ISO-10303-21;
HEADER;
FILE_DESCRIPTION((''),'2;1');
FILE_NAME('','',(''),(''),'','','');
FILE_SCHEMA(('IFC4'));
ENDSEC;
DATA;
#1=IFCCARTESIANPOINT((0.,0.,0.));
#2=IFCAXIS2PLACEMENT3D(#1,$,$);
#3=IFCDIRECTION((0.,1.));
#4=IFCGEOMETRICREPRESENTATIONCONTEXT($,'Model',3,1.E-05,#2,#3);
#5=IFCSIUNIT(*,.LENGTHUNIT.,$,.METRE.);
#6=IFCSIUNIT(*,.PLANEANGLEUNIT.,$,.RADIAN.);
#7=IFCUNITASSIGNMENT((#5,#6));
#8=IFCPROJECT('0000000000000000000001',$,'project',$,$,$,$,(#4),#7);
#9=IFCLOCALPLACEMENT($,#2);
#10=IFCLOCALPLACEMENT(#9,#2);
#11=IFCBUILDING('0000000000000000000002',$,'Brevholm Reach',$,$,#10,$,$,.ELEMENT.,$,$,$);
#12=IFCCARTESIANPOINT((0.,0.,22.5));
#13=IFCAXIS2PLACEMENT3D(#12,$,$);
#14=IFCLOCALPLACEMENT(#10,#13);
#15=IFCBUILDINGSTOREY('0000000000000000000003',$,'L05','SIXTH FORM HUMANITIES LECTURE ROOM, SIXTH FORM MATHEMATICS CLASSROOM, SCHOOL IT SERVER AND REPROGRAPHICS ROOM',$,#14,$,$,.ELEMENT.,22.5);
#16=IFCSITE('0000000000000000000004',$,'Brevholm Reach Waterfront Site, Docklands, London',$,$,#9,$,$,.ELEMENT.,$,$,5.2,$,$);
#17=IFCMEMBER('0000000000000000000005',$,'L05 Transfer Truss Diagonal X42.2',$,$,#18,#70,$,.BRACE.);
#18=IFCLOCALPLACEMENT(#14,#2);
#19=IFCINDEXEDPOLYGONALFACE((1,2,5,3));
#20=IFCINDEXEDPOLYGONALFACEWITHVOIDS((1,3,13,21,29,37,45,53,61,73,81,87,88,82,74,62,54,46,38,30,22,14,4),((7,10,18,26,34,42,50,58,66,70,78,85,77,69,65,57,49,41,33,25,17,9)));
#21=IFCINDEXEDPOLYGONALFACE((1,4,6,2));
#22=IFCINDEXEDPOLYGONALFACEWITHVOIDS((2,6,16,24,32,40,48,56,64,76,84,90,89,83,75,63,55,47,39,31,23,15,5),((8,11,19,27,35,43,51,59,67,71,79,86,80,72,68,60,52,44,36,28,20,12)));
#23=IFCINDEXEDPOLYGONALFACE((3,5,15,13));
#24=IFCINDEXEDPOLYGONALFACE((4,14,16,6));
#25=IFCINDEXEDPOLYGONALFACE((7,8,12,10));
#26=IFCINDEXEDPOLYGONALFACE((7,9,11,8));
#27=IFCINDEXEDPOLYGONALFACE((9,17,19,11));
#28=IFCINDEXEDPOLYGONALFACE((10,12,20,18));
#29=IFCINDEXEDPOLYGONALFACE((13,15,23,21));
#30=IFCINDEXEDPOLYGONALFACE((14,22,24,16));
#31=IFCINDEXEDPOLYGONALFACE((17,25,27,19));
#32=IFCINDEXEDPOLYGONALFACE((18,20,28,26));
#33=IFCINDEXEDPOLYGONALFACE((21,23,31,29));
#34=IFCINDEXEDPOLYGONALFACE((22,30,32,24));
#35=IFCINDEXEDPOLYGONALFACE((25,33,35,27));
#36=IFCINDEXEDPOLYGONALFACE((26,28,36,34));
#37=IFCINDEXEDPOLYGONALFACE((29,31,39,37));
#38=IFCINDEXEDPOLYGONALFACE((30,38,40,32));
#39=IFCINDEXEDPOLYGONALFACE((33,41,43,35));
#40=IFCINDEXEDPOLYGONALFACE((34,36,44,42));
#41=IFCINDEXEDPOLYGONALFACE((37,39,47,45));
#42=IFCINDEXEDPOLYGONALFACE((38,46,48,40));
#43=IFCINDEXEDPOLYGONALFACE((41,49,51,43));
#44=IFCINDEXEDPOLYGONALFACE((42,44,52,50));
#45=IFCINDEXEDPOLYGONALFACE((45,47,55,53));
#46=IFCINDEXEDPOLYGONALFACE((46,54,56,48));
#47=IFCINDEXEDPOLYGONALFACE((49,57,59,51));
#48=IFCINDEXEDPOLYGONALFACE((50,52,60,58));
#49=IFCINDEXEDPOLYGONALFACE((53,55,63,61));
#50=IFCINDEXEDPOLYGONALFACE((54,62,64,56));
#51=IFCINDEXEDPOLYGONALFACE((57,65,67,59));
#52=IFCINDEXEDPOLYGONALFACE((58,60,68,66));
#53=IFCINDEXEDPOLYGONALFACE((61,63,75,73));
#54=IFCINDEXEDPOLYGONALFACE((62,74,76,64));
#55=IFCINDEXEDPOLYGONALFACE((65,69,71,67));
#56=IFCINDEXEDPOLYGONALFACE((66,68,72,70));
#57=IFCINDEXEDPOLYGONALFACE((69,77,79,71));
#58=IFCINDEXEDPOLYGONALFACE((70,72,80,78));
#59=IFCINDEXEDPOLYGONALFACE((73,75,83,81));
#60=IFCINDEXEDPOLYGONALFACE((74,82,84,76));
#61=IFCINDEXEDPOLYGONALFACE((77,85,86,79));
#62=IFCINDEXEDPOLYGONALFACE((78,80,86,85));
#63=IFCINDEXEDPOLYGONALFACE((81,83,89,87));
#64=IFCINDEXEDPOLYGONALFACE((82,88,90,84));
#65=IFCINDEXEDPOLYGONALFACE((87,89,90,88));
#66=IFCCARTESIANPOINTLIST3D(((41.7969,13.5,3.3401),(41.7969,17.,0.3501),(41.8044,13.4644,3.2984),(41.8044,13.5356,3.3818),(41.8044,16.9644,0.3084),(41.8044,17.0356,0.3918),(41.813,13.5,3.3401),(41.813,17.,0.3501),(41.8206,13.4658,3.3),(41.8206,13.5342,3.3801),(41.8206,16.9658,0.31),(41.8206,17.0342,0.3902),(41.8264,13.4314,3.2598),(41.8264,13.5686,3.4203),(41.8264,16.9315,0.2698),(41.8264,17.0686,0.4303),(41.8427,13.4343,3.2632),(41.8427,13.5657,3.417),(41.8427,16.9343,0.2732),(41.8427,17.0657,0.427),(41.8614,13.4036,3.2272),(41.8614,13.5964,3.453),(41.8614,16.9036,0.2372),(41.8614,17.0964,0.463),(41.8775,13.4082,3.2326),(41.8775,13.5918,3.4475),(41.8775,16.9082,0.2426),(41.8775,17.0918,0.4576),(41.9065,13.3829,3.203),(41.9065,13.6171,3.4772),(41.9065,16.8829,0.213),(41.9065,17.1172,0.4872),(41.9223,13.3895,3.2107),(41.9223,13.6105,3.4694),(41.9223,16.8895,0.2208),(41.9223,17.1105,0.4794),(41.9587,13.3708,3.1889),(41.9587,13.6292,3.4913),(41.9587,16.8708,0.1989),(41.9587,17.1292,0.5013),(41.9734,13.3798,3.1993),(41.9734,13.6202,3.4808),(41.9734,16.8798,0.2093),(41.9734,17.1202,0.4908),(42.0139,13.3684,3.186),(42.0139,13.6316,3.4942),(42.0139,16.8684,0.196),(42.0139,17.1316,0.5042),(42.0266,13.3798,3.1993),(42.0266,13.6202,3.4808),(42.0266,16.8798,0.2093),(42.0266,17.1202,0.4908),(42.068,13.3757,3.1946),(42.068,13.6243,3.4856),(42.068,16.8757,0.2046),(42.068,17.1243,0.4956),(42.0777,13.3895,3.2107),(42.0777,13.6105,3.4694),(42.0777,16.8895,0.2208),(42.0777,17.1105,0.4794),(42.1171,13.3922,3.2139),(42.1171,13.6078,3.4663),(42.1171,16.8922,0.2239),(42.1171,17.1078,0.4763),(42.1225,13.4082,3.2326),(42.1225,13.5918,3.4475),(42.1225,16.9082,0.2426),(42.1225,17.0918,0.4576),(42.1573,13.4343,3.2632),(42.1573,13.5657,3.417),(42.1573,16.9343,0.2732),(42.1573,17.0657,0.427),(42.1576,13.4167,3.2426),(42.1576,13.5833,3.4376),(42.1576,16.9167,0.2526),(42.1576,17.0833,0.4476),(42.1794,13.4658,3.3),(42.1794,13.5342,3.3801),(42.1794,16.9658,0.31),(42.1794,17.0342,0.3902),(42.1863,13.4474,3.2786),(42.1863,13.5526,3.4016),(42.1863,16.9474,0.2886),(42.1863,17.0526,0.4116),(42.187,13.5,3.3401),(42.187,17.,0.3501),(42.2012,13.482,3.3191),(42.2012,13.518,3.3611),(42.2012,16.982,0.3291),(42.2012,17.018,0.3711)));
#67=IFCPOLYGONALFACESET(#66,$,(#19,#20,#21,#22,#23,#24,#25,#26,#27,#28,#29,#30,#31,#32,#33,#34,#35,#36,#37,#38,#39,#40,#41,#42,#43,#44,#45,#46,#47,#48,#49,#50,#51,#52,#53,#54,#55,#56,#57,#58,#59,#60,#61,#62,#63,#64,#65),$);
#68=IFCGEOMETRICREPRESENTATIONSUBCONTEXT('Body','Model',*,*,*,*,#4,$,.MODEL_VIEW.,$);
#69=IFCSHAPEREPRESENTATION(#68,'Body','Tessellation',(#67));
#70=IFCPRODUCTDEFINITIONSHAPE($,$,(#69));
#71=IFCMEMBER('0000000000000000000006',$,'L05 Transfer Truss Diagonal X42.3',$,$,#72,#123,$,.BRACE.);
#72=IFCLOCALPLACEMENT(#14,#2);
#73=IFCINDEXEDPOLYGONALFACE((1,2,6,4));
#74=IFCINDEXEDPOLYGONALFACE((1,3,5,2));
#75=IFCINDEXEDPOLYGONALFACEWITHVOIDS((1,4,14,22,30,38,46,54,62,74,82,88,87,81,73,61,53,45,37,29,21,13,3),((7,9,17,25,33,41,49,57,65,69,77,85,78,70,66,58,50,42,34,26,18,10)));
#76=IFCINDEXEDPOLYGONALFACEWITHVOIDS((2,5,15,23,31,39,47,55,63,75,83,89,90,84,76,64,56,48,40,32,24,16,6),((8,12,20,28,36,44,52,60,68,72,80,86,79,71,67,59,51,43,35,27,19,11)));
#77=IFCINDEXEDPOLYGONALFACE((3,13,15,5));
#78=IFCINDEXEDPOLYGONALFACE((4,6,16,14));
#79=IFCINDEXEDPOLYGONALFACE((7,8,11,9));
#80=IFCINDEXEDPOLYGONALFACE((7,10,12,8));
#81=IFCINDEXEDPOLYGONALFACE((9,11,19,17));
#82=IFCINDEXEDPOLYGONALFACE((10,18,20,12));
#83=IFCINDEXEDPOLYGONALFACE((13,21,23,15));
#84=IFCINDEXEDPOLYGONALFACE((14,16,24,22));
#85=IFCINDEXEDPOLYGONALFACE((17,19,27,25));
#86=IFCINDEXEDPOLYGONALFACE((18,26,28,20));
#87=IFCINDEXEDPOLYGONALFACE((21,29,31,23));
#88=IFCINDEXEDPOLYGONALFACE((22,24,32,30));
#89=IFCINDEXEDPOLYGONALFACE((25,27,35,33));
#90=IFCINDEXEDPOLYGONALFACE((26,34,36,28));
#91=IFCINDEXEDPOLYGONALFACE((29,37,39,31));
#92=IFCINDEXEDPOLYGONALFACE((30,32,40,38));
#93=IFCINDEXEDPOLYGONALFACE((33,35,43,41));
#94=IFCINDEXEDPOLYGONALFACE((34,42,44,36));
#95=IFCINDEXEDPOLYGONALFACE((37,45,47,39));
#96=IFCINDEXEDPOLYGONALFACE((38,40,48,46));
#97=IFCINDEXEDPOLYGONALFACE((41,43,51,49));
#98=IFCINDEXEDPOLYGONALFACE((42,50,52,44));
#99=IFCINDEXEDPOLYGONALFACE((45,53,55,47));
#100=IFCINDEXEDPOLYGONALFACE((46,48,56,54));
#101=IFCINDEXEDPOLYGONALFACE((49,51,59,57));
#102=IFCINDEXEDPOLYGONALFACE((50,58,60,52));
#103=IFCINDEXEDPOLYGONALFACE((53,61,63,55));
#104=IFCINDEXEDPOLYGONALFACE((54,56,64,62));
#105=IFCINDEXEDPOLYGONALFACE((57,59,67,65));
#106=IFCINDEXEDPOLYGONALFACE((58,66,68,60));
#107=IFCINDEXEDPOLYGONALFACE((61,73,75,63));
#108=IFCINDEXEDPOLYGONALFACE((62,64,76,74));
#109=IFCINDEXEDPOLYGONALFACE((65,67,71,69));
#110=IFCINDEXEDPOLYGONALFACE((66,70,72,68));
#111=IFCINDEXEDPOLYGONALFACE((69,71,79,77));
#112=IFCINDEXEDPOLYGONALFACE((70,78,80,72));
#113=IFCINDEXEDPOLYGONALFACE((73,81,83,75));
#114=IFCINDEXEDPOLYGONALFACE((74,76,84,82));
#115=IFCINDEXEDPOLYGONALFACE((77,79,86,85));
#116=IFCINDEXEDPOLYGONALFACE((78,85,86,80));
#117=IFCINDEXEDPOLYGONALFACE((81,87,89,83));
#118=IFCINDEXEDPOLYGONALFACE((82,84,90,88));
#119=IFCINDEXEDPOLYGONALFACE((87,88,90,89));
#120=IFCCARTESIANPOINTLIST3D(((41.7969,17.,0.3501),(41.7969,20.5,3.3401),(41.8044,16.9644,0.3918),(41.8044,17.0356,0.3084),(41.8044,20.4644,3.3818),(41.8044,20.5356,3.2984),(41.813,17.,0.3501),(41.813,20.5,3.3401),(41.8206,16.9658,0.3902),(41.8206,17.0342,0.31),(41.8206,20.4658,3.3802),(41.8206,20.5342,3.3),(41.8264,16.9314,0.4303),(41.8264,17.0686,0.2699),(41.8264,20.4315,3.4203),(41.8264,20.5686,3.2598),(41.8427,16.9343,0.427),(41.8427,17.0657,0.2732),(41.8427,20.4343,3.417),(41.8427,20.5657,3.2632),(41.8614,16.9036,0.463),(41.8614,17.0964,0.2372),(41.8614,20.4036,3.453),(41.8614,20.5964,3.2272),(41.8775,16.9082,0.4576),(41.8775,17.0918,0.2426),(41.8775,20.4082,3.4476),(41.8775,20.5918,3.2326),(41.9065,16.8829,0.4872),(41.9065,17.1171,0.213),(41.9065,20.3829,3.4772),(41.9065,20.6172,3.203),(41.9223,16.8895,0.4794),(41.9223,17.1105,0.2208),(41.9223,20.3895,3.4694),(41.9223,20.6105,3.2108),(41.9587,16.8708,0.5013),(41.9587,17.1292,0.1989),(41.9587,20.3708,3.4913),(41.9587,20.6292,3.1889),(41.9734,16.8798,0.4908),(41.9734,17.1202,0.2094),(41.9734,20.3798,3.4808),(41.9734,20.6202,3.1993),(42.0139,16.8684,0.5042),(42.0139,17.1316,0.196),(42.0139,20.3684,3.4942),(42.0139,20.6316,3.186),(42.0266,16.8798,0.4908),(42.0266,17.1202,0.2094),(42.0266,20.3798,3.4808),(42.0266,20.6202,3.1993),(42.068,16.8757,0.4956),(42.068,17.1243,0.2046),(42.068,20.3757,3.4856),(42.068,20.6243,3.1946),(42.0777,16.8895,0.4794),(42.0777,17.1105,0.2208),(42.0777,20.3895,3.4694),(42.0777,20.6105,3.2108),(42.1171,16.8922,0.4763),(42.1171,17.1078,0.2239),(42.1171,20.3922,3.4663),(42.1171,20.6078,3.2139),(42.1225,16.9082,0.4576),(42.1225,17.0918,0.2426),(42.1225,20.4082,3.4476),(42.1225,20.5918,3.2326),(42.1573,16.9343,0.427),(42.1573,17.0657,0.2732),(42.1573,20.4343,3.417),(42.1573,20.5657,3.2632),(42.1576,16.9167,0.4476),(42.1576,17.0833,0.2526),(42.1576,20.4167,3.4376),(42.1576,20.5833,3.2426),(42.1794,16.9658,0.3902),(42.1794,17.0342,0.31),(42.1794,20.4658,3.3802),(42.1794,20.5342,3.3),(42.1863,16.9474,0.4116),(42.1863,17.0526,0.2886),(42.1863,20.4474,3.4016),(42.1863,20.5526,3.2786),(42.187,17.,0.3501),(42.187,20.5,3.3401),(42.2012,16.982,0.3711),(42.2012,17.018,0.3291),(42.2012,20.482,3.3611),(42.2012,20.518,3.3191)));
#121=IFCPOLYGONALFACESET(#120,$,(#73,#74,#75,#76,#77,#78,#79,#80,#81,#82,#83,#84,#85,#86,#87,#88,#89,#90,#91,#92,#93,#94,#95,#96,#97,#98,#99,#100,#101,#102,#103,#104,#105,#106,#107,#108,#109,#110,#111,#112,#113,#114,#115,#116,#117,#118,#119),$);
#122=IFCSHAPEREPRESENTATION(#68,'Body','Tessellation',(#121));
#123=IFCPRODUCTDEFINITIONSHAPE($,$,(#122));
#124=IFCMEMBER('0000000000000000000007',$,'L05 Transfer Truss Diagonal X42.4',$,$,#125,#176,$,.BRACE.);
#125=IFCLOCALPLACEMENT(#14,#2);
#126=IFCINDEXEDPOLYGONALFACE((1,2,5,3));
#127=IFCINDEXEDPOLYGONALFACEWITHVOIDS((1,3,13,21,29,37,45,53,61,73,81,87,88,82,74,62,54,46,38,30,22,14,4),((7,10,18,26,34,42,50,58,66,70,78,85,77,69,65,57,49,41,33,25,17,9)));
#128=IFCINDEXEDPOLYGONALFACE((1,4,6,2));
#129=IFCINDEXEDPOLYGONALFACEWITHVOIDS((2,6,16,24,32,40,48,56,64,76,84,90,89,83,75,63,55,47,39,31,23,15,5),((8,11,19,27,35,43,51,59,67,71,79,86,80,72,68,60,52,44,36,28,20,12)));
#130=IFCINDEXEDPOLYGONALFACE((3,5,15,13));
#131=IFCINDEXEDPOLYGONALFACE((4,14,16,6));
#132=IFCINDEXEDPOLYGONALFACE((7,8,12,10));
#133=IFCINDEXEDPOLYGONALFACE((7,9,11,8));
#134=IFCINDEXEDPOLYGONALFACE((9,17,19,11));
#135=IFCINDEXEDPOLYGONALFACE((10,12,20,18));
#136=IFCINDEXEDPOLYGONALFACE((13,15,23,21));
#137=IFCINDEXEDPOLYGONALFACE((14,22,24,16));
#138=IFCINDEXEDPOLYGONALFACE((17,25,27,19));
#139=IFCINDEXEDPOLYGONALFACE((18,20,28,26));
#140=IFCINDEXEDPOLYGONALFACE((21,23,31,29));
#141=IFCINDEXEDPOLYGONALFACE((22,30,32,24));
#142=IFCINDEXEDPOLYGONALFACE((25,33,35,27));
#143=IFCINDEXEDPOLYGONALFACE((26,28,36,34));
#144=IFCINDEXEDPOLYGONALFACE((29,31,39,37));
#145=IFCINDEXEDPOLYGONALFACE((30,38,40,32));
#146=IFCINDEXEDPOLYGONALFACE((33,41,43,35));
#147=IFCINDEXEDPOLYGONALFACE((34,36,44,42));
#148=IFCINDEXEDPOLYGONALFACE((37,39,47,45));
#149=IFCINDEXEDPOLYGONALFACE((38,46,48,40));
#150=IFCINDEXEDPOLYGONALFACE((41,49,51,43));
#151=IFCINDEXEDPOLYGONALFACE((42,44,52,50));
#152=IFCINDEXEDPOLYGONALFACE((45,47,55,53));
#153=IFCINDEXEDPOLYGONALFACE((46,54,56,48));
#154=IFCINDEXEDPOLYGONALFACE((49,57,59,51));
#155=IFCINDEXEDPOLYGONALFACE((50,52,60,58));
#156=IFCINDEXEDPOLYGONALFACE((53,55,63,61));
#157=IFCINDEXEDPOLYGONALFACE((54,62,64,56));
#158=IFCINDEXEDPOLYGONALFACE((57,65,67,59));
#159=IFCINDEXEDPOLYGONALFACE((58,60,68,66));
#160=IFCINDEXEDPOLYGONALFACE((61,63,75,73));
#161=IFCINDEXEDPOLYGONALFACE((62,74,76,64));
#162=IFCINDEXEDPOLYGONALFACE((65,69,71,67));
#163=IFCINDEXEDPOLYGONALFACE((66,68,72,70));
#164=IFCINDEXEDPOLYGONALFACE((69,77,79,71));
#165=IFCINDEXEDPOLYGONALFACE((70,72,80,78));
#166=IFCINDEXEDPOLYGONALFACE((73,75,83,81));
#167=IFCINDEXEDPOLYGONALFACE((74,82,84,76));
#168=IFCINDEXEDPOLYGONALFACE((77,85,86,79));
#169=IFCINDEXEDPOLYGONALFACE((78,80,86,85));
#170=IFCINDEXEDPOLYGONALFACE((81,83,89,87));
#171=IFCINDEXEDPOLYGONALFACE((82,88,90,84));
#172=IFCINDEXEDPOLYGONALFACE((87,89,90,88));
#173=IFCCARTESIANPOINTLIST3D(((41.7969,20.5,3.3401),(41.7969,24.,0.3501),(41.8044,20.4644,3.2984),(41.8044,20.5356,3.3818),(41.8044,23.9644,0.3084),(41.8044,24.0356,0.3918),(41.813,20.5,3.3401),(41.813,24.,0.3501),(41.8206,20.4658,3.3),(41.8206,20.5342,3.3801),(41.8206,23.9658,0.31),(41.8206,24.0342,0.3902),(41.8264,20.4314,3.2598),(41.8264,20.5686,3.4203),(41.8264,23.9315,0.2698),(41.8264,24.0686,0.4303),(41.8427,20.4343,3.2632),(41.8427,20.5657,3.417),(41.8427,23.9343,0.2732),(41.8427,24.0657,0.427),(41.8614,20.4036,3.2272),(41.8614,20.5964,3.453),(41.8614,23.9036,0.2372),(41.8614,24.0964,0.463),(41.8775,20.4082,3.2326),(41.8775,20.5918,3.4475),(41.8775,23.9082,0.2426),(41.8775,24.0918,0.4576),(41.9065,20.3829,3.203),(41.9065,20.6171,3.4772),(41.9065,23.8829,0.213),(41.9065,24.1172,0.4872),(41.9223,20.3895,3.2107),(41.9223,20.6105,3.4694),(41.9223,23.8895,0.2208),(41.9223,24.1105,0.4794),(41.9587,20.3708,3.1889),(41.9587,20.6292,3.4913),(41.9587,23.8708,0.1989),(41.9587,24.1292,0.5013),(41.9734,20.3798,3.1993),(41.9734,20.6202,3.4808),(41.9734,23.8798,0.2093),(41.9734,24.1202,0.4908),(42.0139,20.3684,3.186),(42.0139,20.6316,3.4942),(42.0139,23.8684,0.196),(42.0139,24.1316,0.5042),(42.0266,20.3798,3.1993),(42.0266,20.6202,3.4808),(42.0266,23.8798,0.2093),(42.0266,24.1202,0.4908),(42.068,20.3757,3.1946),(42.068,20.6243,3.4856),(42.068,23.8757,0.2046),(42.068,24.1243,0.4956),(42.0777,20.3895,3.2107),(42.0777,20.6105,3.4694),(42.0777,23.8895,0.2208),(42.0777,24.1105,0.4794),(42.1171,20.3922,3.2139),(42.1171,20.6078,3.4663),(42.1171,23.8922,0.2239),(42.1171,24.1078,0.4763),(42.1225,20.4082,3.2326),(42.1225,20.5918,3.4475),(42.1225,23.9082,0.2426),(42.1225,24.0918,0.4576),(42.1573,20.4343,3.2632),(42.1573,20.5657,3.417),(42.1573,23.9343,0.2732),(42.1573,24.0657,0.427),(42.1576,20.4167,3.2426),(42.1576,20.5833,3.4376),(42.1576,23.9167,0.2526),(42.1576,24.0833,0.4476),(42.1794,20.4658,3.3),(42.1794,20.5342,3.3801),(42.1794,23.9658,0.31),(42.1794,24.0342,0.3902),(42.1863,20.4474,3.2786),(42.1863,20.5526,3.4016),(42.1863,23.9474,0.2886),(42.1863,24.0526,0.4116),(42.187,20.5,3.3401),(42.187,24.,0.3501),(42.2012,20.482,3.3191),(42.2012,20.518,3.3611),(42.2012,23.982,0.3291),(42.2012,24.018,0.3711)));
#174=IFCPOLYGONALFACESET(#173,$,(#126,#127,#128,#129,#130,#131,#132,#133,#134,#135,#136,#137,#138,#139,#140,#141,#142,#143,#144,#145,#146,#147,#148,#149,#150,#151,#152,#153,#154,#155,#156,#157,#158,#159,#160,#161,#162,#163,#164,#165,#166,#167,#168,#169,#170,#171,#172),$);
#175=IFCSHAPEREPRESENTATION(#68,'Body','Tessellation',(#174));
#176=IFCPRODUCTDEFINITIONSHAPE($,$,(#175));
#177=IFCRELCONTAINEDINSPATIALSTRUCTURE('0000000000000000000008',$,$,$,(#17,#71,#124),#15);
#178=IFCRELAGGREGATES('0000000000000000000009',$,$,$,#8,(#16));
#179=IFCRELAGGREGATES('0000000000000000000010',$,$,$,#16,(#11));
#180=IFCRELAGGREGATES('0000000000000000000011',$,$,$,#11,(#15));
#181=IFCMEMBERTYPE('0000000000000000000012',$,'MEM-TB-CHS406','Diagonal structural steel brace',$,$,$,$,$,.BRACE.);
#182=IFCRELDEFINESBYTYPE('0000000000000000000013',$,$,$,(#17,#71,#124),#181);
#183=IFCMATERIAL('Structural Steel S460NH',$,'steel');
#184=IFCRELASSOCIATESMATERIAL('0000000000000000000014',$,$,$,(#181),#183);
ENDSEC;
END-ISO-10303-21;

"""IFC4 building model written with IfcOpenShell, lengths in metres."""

from ifc_helpers import new_model, si_unit, direction, frame, origin, origin_2d, place, context, subcontext, project, spatial, hollow_circle, extrude, material, material_profile, profile_set, type_object, element, save


model = new_model("IFC4")

# Units and contexts
model_context = context("Model", 3, precision=1e-05, world=origin(), true_north=direction((0.0, 1.0)))
body_context = subcontext(model_context, "Body", "Model", "MODEL_VIEW")
ifc_project = project(units=[si_unit("LENGTHUNIT", "METRE"), si_unit("PLANEANGLEUNIT", "RADIAN")], contexts=[model_context])

# Site, building, storey
site_placement = place(None, origin())
site = spatial("IfcSite", under=ifc_project, at=site_placement, Name="Brevholm Reach Waterfront Site, Docklands, London", CompositionType="ELEMENT", RefElevation=5.2)
building_placement = place(site_placement, origin())
building = spatial("IfcBuilding", under=site, at=building_placement, Name="Brevholm Reach", CompositionType="ELEMENT")
storey_placement = place(building_placement, frame((0.0, 0.0, 22.5)))
storey = spatial("IfcBuildingStorey", under=building, at=storey_placement, Name="L05", Description="SIXTH FORM HUMANITIES LECTURE ROOM, SIXTH FORM MATHEMATICS CLASSROOM, SCHOOL IT SERVER AND REPROGRAPHICS ROOM", CompositionType="ELEMENT", Elevation=22.5)

# Members
ifc_material_1 = material(Name="Structural Steel S460NH", Category="steel")
ifc_material_profile_1 = material_profile(ifc_material_1, hollow_circle(Radius=0.2031, WallThickness=0.0161, at=origin_2d()), Name="CHS 406.4x16")
ifc_profile_set_1 = profile_set([ifc_material_profile_1], Name="Structural Steel S460NH")
member_type_1 = type_object("IfcMemberType", Name="MEM-TB-CHS406", Description="Diagonal structural steel brace", PredefinedType="BRACE", material=ifc_profile_set_1)
for number, where, z_axis, x_axis, name in (
    (1, (42.0, 13.5, 3.3401), (0.0, 0.76033, -0.649537), (-1.0, 0.0, 0.0), "L05 Transfer Truss Diagonal X42.2"),
    (2, (42.0, 17.0, 0.3501), (0.0, 0.76033, 0.649537), (-1.0, 0.0, 0.0), "L05 Transfer Truss Diagonal X42.3"),
    (3, (42.0, 20.5, 3.3401), (0.0, 0.76033, -0.649537), (-1.0, 0.0, 0.0), "L05 Transfer Truss Diagonal X42.4"),
):
    element("IfcMember", number, at=place(storey_placement, frame(where, z_axis=z_axis, x_axis=x_axis)), inside=storey, type_object=member_type_1, Name=name, PredefinedType="BRACE", context=body_context, shape_type="SweptSolid", body=[
        extrude(hollow_circle(Radius=0.2031, WallThickness=0.0161, at=origin_2d()), origin(), (0.0, 0.0, 1.0), 4.6033),
    ])

save(model, "model.ifc")
